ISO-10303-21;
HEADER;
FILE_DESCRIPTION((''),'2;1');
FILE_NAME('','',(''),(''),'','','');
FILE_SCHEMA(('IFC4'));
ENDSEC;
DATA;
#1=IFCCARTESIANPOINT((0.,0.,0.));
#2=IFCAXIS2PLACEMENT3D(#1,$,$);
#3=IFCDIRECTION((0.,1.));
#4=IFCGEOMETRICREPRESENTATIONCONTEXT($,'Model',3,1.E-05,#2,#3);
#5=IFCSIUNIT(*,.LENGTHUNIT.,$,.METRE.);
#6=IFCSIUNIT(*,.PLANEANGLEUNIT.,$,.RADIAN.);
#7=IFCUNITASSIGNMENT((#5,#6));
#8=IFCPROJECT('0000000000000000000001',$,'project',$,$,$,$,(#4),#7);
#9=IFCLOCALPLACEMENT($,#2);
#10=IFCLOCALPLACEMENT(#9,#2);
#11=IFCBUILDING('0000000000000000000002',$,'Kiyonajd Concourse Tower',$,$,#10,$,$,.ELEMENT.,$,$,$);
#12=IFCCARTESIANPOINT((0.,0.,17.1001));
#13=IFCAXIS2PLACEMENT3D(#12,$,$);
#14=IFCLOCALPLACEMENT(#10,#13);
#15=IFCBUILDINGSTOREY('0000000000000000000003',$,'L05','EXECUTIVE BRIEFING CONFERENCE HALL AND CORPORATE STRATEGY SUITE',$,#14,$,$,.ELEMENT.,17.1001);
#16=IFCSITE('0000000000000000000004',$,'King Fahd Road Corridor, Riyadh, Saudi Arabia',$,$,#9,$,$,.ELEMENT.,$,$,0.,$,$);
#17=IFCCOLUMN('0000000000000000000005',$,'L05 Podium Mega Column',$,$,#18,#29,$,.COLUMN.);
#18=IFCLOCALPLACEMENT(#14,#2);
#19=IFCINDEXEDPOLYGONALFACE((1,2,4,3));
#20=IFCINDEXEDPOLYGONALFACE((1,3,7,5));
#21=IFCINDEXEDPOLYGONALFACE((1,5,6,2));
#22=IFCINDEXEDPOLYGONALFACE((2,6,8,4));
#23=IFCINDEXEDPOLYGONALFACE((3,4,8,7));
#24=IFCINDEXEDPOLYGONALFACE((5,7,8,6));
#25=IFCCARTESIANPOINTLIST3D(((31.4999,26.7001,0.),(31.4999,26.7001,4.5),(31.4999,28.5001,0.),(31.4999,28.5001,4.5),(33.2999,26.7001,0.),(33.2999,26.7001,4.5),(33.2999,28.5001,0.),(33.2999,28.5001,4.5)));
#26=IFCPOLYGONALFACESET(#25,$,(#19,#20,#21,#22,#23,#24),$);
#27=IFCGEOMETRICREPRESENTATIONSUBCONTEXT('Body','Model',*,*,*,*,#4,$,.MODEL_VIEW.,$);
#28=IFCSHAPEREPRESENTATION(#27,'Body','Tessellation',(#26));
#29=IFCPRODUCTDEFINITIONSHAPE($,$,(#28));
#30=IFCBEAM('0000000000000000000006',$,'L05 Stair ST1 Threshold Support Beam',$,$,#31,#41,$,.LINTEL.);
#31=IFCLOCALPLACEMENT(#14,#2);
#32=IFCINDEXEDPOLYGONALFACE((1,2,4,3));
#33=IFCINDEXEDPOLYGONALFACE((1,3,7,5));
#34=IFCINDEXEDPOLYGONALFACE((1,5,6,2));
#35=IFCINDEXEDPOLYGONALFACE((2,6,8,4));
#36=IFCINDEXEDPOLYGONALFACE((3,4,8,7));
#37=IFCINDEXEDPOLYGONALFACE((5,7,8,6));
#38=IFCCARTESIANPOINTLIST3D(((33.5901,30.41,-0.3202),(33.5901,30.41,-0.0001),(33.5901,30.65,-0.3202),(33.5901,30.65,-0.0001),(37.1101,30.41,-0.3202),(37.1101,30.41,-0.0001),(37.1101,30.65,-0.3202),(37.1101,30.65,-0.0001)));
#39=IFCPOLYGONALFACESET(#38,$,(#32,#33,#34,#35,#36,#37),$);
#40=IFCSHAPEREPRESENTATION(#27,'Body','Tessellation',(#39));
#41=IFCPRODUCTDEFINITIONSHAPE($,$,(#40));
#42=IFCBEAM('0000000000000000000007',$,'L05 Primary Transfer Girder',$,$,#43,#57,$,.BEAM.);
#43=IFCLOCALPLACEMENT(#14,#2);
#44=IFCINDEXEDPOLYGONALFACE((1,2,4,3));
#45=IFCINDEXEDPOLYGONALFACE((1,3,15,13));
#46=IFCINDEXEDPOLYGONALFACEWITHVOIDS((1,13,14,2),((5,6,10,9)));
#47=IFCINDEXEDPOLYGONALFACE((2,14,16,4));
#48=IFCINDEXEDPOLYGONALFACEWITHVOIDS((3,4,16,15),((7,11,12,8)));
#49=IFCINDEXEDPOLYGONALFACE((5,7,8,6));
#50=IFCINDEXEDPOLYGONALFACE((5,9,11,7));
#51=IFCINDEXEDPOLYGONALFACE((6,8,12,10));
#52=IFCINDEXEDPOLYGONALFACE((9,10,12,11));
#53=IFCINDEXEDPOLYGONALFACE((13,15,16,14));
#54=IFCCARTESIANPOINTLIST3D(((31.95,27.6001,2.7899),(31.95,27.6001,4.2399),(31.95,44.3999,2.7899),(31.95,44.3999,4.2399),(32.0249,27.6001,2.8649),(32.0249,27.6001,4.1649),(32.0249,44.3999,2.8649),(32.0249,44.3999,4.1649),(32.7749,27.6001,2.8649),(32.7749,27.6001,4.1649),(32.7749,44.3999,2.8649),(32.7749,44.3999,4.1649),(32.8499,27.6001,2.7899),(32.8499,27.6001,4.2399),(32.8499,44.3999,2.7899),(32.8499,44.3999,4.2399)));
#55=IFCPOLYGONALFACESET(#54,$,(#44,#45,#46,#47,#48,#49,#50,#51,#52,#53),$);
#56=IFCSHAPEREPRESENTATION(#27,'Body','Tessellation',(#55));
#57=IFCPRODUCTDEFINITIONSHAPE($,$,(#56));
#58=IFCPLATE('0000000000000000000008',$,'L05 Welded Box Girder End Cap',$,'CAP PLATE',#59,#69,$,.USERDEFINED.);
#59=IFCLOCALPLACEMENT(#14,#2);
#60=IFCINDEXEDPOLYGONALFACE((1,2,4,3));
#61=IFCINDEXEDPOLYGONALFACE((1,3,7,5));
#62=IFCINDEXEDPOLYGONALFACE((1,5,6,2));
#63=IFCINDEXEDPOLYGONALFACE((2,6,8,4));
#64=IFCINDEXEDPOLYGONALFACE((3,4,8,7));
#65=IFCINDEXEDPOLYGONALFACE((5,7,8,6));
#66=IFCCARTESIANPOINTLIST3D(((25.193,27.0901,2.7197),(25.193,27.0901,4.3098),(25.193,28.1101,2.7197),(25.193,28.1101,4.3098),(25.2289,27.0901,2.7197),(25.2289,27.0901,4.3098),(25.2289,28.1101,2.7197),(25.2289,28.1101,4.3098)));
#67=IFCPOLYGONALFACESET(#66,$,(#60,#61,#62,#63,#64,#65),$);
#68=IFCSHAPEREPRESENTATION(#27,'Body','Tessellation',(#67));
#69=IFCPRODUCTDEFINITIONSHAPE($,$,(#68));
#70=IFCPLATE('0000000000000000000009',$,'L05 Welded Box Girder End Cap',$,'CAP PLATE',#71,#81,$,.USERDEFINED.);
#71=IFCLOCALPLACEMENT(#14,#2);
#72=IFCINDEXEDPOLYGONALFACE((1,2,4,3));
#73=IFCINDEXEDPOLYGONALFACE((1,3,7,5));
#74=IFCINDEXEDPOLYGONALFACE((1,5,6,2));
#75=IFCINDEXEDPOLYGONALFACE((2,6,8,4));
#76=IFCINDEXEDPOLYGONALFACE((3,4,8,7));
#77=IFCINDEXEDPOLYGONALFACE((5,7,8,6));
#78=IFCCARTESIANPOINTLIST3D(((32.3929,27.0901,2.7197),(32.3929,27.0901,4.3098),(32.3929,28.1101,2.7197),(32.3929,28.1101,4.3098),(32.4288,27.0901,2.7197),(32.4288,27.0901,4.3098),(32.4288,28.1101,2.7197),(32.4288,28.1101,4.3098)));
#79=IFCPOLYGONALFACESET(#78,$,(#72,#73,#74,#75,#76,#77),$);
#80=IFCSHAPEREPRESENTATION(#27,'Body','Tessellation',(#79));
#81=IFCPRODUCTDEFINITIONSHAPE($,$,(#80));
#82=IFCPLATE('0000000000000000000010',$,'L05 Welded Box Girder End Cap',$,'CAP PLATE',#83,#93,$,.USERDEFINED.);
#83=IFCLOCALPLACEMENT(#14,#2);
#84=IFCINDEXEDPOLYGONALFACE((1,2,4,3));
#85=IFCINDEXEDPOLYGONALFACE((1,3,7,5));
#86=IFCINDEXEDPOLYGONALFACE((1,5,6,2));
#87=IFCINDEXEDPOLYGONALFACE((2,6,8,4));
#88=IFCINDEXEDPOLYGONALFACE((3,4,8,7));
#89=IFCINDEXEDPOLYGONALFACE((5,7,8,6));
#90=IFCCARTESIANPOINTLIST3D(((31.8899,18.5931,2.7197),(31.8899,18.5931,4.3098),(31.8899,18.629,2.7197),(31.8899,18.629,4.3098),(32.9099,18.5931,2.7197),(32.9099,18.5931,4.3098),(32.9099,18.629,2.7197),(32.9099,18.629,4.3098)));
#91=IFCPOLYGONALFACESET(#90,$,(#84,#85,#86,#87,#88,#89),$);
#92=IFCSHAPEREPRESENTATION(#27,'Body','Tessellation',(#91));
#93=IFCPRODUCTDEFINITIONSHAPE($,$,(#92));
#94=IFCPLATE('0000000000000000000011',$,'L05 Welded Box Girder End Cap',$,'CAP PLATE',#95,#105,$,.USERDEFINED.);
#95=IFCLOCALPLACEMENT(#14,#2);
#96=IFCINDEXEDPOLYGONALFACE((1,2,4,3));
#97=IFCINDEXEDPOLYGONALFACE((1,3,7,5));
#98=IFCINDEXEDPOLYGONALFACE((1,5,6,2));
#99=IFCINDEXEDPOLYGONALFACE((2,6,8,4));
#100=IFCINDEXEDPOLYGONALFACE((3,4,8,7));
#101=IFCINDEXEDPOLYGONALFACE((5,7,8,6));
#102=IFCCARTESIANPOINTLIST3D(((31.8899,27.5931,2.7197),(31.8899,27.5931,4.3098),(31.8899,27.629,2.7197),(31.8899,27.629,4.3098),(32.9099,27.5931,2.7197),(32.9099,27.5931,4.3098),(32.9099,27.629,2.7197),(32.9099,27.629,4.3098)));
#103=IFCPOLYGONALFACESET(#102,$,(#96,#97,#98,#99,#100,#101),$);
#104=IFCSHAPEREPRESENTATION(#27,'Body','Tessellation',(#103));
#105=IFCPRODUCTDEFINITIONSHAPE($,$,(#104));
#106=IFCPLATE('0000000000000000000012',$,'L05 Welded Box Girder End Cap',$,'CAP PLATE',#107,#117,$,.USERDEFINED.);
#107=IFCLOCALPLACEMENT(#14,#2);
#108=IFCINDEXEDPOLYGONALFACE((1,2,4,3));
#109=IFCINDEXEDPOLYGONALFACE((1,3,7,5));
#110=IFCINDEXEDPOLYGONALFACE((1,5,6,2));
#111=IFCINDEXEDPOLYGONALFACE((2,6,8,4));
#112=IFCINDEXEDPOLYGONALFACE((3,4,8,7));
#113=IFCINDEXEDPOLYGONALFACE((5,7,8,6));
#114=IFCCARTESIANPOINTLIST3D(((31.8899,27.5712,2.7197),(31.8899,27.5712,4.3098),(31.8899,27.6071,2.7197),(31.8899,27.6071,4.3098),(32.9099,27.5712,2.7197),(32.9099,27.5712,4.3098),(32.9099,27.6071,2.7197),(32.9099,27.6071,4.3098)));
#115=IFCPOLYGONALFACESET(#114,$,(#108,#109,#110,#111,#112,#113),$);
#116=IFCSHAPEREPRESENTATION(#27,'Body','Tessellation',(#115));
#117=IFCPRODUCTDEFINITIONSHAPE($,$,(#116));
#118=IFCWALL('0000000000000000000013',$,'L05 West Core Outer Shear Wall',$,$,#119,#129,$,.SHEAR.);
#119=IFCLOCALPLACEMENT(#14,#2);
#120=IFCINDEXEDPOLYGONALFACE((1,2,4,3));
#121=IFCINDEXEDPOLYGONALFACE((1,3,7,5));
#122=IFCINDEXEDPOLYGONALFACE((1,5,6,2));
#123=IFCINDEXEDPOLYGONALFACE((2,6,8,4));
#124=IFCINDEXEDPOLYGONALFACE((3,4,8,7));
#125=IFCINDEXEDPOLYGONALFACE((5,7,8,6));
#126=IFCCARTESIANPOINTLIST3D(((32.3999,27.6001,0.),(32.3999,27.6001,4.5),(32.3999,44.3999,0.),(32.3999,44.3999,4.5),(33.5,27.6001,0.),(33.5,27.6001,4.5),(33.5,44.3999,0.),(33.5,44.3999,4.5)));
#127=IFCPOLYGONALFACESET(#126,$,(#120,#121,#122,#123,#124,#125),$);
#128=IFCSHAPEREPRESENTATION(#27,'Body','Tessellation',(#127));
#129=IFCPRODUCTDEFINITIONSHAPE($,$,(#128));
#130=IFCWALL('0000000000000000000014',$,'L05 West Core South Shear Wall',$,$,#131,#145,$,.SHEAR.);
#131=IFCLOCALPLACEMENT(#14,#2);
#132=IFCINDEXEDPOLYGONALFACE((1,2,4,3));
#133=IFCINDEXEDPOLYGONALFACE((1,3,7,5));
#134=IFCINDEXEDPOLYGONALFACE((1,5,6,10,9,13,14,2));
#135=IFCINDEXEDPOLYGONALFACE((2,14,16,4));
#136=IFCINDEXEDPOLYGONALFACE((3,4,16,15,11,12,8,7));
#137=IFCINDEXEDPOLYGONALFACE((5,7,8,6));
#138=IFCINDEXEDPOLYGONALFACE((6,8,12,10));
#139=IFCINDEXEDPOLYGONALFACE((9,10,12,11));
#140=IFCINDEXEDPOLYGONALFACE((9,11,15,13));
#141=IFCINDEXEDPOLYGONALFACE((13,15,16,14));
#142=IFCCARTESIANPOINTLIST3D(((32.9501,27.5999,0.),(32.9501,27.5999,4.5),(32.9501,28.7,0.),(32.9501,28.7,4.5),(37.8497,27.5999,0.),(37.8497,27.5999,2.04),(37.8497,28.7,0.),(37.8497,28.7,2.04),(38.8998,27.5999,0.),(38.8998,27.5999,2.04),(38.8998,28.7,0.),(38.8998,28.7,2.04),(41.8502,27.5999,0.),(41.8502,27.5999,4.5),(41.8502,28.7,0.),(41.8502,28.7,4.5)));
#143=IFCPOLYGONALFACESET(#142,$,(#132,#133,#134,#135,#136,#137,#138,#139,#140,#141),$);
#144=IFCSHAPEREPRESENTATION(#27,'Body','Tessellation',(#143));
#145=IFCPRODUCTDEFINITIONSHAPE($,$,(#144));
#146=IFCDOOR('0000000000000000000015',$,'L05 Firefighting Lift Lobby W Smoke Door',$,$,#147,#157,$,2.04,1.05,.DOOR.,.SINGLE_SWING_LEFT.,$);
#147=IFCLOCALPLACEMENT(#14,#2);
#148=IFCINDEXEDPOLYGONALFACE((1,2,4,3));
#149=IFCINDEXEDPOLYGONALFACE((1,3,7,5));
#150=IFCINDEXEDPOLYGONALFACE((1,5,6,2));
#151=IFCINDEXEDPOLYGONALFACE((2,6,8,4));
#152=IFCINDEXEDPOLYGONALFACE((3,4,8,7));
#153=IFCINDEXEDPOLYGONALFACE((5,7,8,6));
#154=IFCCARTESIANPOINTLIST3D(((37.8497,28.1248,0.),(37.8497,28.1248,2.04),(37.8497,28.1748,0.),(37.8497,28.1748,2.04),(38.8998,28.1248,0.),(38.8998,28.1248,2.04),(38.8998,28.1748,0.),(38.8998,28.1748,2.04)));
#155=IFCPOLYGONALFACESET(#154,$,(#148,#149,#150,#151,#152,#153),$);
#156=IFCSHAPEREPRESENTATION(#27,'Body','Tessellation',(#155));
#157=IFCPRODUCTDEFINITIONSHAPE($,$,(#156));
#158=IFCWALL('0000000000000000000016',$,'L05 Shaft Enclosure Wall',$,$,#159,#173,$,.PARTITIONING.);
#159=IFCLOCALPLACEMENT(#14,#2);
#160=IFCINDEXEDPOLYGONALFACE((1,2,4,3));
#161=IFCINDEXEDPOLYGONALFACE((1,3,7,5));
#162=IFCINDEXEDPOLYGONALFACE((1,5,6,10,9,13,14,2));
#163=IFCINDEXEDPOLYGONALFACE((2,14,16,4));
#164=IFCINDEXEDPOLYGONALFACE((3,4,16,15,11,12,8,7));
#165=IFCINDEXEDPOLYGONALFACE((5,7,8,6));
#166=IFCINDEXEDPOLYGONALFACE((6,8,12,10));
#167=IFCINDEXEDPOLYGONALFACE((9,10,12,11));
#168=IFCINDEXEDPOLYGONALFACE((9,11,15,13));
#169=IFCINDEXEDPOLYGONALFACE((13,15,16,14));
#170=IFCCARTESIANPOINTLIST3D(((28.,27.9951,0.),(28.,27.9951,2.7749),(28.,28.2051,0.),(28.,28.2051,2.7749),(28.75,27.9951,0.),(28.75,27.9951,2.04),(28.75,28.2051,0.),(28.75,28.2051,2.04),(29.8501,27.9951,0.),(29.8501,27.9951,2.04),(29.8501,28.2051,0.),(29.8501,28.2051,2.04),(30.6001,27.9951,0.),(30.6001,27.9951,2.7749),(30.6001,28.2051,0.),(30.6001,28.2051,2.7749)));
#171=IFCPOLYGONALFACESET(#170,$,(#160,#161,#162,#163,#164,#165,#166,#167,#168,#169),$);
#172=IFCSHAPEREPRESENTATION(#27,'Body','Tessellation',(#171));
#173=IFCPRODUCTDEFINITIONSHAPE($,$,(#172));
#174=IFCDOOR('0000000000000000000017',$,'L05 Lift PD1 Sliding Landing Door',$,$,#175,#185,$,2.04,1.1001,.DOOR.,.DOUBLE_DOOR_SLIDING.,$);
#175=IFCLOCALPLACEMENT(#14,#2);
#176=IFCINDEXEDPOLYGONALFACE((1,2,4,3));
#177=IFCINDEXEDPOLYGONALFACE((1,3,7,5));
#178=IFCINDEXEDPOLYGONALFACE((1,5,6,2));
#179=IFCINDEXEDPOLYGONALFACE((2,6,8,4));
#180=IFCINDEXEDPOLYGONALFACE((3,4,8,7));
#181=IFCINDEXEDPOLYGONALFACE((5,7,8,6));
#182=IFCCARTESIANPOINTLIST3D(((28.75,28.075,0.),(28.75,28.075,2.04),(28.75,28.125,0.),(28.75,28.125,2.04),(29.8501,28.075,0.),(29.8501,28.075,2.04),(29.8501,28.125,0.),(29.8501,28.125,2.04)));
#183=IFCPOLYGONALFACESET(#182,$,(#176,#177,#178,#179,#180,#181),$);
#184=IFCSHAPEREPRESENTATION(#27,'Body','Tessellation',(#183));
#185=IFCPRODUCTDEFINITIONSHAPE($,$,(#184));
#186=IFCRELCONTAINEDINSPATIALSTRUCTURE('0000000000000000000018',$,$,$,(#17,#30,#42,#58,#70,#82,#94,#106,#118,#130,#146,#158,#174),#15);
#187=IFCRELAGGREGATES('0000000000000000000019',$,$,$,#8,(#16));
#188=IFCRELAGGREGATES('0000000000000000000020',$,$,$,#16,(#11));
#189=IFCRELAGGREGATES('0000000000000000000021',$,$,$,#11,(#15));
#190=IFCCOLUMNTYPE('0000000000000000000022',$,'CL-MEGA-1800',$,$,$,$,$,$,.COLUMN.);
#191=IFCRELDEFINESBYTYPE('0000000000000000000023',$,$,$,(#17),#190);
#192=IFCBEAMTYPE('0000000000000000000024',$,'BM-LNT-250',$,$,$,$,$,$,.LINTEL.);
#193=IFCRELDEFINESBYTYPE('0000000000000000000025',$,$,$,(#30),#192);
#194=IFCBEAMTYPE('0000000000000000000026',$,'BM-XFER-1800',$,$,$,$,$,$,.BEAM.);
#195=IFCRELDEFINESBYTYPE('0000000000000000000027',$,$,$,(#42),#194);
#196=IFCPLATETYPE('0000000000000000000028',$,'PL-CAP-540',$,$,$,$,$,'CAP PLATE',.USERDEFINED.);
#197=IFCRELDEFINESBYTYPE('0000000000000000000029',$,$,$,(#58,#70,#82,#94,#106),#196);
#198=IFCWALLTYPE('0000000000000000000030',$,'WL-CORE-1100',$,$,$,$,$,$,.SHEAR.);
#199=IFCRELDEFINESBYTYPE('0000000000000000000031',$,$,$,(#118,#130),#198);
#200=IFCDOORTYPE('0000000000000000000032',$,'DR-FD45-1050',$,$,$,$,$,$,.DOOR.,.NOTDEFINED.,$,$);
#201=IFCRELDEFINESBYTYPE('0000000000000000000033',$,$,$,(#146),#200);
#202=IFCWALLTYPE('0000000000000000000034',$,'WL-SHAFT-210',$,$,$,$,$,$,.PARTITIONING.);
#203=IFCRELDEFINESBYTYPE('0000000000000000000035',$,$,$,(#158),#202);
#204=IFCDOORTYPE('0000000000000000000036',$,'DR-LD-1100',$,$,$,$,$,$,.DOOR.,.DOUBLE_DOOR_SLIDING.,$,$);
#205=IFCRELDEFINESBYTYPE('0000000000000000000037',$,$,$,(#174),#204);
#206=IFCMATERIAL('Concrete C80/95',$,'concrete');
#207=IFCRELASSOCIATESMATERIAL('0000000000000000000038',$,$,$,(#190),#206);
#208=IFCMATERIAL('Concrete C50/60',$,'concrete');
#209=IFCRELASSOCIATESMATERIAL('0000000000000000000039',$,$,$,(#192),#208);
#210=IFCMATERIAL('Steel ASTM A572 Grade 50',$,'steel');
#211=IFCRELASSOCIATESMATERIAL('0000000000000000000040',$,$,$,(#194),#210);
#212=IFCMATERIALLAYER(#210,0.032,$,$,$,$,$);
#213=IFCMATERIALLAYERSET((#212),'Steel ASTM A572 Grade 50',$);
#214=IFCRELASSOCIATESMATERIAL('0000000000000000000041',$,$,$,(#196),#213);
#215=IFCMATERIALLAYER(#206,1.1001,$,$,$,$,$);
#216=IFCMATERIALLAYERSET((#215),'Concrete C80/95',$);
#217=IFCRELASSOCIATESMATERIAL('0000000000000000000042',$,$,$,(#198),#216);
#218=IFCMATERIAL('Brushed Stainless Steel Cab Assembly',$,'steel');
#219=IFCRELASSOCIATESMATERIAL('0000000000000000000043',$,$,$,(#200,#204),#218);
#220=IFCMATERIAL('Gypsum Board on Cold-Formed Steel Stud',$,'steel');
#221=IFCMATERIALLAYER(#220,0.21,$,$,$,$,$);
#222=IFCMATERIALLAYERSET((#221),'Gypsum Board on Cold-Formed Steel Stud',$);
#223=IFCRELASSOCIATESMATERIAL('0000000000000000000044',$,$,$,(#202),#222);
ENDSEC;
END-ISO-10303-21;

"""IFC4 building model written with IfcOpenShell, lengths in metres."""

from ifc_helpers import new_model, si_unit, direction, frame, frame_2d, origin, origin_2d, place, context, subcontext, project, spatial, rectangle, hollow_rectangle, extrude, material, layer, layer_set, material_profile, profile_set, type_object, element, fill, save


model = new_model("IFC4")

# Units and contexts
model_context = context("Model", 3, precision=1e-05, world=origin(), true_north=direction((0.0, 1.0)))
body_context = subcontext(model_context, "Body", "Model", "MODEL_VIEW")
ifc_project = project(units=[si_unit("LENGTHUNIT", "METRE"), si_unit("PLANEANGLEUNIT", "RADIAN")], contexts=[model_context])

# Site, building, storey
site_placement = place(None, origin())
site = spatial("IfcSite", under=ifc_project, at=site_placement, Name="King Fahd Road Corridor, Riyadh, Saudi Arabia", CompositionType="ELEMENT", RefElevation=0.0)
building_placement = place(site_placement, origin())
building = spatial("IfcBuilding", under=site, at=building_placement, Name="Kiyonajd Concourse Tower", CompositionType="ELEMENT")
storey_placement = place(building_placement, frame((0.0, 0.0, 17.1001)))
storey = spatial("IfcBuildingStorey", under=building, at=storey_placement, Name="L05", Description="EXECUTIVE BRIEFING CONFERENCE HALL AND CORPORATE STRATEGY SUITE", CompositionType="ELEMENT", Elevation=17.1001)

# Column
ifc_material_1 = material(Name="Concrete C80/95", Category="concrete")
ifc_material_profile_1 = material_profile(ifc_material_1, rectangle(XDim=1.8, YDim=1.8, at=origin_2d()), Name="RC-1800x1800")
ifc_profile_set_1 = profile_set([ifc_material_profile_1], Name="Concrete C80/95")
column_type = type_object("IfcColumnType", Name="CL-MEGA-1800", PredefinedType="COLUMN", material=ifc_profile_set_1)
column_placement = place(storey_placement, frame((32.3999, 27.6001, 0.0), z_axis=(0.0, 0.0, 1.0), x_axis=(1.0, 0.0, 0.0)))
element("IfcColumn", 1, at=column_placement, inside=storey, type_object=column_type, Name="L05 Podium Mega Column", PredefinedType="COLUMN", context=body_context, shape_type="SweptSolid", body=[
    extrude(rectangle(XDim=1.8, YDim=1.8, at=origin_2d()), origin(), (0.0, 0.0, 1.0), 4.5),
])

# Beams
ifc_material_2 = material(Name="Concrete C50/60", Category="concrete")
ifc_material_profile_2 = material_profile(ifc_material_2, rectangle(XDim=0.24, YDim=0.3201, at=origin_2d()), Name="RCBM-240x320")
ifc_profile_set_2 = profile_set([ifc_material_profile_2], Name="Concrete C50/60")
beam_type_1 = type_object("IfcBeamType", Name="BM-LNT-250", PredefinedType="LINTEL", material=ifc_profile_set_2)
beam_1_placement = place(storey_placement, frame((33.5901, 30.53, -0.1602), z_axis=(1.0, 0.0, 0.0), x_axis=(0.0, 1.0, 0.0)))
element("IfcBeam", 2, at=beam_1_placement, inside=storey, type_object=beam_type_1, Name="L05 Stair ST1 Threshold Support Beam", PredefinedType="LINTEL", context=body_context, shape_type="SweptSolid", body=[
    extrude(rectangle(XDim=0.24, YDim=0.3201, at=origin_2d()), origin(), (0.0, 0.0, 1.0), 3.52),
])
ifc_material_3 = material(Name="Steel ASTM A572 Grade 50", Category="steel")
ifc_material_profile_3 = material_profile(ifc_material_3, hollow_rectangle(XDim=0.8999, YDim=1.45, WallThickness=0.075, at=origin_2d()), Name="BOX-1450x900x75")
ifc_profile_set_3 = profile_set([ifc_material_profile_3], Name="Steel ASTM A572 Grade 50")
beam_type_2 = type_object("IfcBeamType", Name="BM-XFER-1800", PredefinedType="BEAM", material=ifc_profile_set_3)
beam_2_placement = place(storey_placement, frame((32.3999, 27.6001, 3.5149), z_axis=(0.0, 1.0, 0.0), x_axis=(-1.0, 0.0, 0.0)))
element("IfcBeam", 3, at=beam_2_placement, inside=storey, type_object=beam_type_2, Name="L05 Primary Transfer Girder", PredefinedType="BEAM", context=body_context, shape_type="SweptSolid", body=[
    extrude(hollow_rectangle(XDim=0.8999, YDim=1.45, WallThickness=0.075, at=origin_2d()), origin(), (0.0, 0.0, 1.0), 16.7998),
])

# Plates
ifc_layer_1 = layer(ifc_material_3, 0.032)
ifc_layer_set_1 = layer_set([ifc_layer_1], Name="Steel ASTM A572 Grade 50")
plate_type = type_object("IfcPlateType", Name="PL-CAP-540", ElementType="CAP PLATE", PredefinedType="USERDEFINED", material=ifc_layer_set_1)
for number, where, z_axis, x_axis, name in (
    (4, (25.2109, 27.6001, 2.7197), (0.0, 0.0, 1.0), (1.0, 0.0, 0.0), "L05 Welded Box Girder End Cap"),
    (5, (32.4109, 27.6001, 2.7197), (0.0, 0.0, 1.0), (1.0, 0.0, 0.0), "L05 Welded Box Girder End Cap"),
    (6, (32.3999, 18.6111, 2.7197), (0.0, 0.0, 1.0), (0.0, 1.0, 0.0), "L05 Welded Box Girder End Cap"),
    (7, (32.3999, 27.6111, 2.7197), (0.0, 0.0, 1.0), (0.0, 1.0, 0.0), "L05 Welded Box Girder End Cap"),
    (8, (32.3999, 27.5891, 2.7197), (0.0, 0.0, 1.0), (0.0, -1.0, 0.0), "L05 Welded Box Girder End Cap"),
):
    element("IfcPlate", number, at=place(storey_placement, frame(where, z_axis=z_axis, x_axis=x_axis)), inside=storey, type_object=plate_type, Name=name, ObjectType="CAP PLATE", PredefinedType="USERDEFINED", context=body_context, shape_type="SweptSolid", body=[
        extrude(rectangle(XDim=0.0359, YDim=1.02, at=origin_2d()), origin(), (0.0, 0.0, 1.0), 1.5901),
    ])

# Wall
ifc_layer_2 = layer(ifc_material_1, 1.1001)
ifc_layer_set_2 = layer_set([ifc_layer_2], Name="Concrete C80/95")
wall_type_1 = type_object("IfcWallType", Name="WL-CORE-1100", PredefinedType="SHEAR", material=ifc_layer_set_2)
wall_1_placement = place(storey_placement, frame((32.95, 27.6001, 0.0), z_axis=(0.0, 0.0, 1.0), x_axis=(0.0, 1.0, 0.0)))
element("IfcWall", 9, at=wall_1_placement, inside=storey, type_object=wall_type_1, Name="L05 West Core Outer Shear Wall", PredefinedType="SHEAR", context=body_context, shape_type="SweptSolid", body=[
    extrude(rectangle(XDim=16.7998, YDim=1.1001, at=frame_2d((8.3999, 0.0))), origin(), (0.0, 0.0, 1.0), 4.5),
])

# Walls, openings, doors
wall_2_placement = place(storey_placement, frame((32.95, 28.1499, 0.0), z_axis=(0.0, 0.0, 1.0), x_axis=(1.0, 0.0, 0.0)))
wall_2 = element("IfcWall", 10, at=wall_2_placement, inside=storey, type_object=wall_type_1, Name="L05 West Core South Shear Wall", PredefinedType="SHEAR", context=body_context, shape_type="SweptSolid", body=[
    extrude(rectangle(XDim=8.9001, YDim=1.1001, at=frame_2d((4.4502, 0.0))), origin(), (0.0, 0.0, 1.0), 4.5),
])
opening_1_placement = place(wall_2_placement, frame((4.8999, 0.0, 0.0)))
opening_1 = element("IfcOpeningElement", 11, at=opening_1_placement, cuts=wall_2, PredefinedType="OPENING", context=body_context, shape_type="SweptSolid", body=[
    extrude(rectangle(XDim=1.05, YDim=2.04, at=frame_2d((0.5249, 1.02))), frame((0.0, 0.5601, 0.0), z_axis=(0.0, -1.0, 0.0), x_axis=(1.0, 0.0, 0.0)), (0.0, 0.0, 1.0), 1.1201),
])
ifc_material_4 = material(Name="Brushed Stainless Steel Cab Assembly", Category="steel")
door_type_1 = type_object("IfcDoorType", Name="DR-FD45-1050", OperationType="NOTDEFINED", PredefinedType="DOOR", material=ifc_material_4)
door_1_placement = place(opening_1_placement, origin())
door_1 = element("IfcDoor", 12, at=door_1_placement, inside=storey, type_object=door_type_1, Name="L05 Firefighting Lift Lobby W Smoke Door", OperationType="SINGLE_SWING_LEFT", OverallHeight=2.04, OverallWidth=1.05, PredefinedType="DOOR", context=body_context, shape_type="SweptSolid", body=[
    extrude(rectangle(XDim=1.05, YDim=2.04, at=frame_2d((0.5249, 1.02))), frame((0.0, 0.0249, 0.0), z_axis=(0.0, -1.0, 0.0), x_axis=(1.0, 0.0, 0.0)), (0.0, 0.0, 1.0), 0.05),
])
fill(opening_1, door_1)
ifc_material_5 = material(Name="Gypsum Board on Cold-Formed Steel Stud", Category="steel")
ifc_layer_3 = layer(ifc_material_5, 0.21)
ifc_layer_set_3 = layer_set([ifc_layer_3], Name="Gypsum Board on Cold-Formed Steel Stud")
wall_type_2 = type_object("IfcWallType", Name="WL-SHAFT-210", PredefinedType="PARTITIONING", material=ifc_layer_set_3)
wall_3_placement = place(storey_placement, frame((28.0, 28.1001, 0.0), z_axis=(0.0, 0.0, 1.0), x_axis=(1.0, 0.0, 0.0)))
wall_3 = element("IfcWall", 13, at=wall_3_placement, inside=storey, type_object=wall_type_2, Name="L05 Shaft Enclosure Wall", PredefinedType="PARTITIONING", context=body_context, shape_type="SweptSolid", body=[
    extrude(rectangle(XDim=2.6001, YDim=0.21, at=frame_2d((1.3, 0.0))), origin(), (0.0, 0.0, 1.0), 2.7749),
])
opening_2_placement = place(wall_3_placement, frame((0.75, 0.0, 0.0)))
opening_2 = element("IfcOpeningElement", 14, at=opening_2_placement, cuts=wall_3, PredefinedType="OPENING", context=body_context, shape_type="SweptSolid", body=[
    extrude(rectangle(XDim=1.1001, YDim=2.04, at=frame_2d((0.55, 1.02))), frame((0.0, 0.115, 0.0), z_axis=(0.0, -1.0, 0.0), x_axis=(1.0, 0.0, 0.0)), (0.0, 0.0, 1.0), 0.23),
])
door_type_2 = type_object("IfcDoorType", Name="DR-LD-1100", OperationType="DOUBLE_DOOR_SLIDING", PredefinedType="DOOR", material=ifc_material_4)
door_2_placement = place(opening_2_placement, origin())
door_2 = element("IfcDoor", 15, at=door_2_placement, inside=storey, type_object=door_type_2, Name="L05 Lift PD1 Sliding Landing Door", OperationType="DOUBLE_DOOR_SLIDING", OverallHeight=2.04, OverallWidth=1.1001, PredefinedType="DOOR", context=body_context, shape_type="SweptSolid", body=[
    extrude(rectangle(XDim=1.1001, YDim=2.04, at=frame_2d((0.55, 1.02))), frame((0.0, 0.0249, 0.0), z_axis=(0.0, -1.0, 0.0), x_axis=(1.0, 0.0, 0.0)), (0.0, 0.0, 1.0), 0.05),
])
fill(opening_2, door_2)

save(model, "model.ifc")
